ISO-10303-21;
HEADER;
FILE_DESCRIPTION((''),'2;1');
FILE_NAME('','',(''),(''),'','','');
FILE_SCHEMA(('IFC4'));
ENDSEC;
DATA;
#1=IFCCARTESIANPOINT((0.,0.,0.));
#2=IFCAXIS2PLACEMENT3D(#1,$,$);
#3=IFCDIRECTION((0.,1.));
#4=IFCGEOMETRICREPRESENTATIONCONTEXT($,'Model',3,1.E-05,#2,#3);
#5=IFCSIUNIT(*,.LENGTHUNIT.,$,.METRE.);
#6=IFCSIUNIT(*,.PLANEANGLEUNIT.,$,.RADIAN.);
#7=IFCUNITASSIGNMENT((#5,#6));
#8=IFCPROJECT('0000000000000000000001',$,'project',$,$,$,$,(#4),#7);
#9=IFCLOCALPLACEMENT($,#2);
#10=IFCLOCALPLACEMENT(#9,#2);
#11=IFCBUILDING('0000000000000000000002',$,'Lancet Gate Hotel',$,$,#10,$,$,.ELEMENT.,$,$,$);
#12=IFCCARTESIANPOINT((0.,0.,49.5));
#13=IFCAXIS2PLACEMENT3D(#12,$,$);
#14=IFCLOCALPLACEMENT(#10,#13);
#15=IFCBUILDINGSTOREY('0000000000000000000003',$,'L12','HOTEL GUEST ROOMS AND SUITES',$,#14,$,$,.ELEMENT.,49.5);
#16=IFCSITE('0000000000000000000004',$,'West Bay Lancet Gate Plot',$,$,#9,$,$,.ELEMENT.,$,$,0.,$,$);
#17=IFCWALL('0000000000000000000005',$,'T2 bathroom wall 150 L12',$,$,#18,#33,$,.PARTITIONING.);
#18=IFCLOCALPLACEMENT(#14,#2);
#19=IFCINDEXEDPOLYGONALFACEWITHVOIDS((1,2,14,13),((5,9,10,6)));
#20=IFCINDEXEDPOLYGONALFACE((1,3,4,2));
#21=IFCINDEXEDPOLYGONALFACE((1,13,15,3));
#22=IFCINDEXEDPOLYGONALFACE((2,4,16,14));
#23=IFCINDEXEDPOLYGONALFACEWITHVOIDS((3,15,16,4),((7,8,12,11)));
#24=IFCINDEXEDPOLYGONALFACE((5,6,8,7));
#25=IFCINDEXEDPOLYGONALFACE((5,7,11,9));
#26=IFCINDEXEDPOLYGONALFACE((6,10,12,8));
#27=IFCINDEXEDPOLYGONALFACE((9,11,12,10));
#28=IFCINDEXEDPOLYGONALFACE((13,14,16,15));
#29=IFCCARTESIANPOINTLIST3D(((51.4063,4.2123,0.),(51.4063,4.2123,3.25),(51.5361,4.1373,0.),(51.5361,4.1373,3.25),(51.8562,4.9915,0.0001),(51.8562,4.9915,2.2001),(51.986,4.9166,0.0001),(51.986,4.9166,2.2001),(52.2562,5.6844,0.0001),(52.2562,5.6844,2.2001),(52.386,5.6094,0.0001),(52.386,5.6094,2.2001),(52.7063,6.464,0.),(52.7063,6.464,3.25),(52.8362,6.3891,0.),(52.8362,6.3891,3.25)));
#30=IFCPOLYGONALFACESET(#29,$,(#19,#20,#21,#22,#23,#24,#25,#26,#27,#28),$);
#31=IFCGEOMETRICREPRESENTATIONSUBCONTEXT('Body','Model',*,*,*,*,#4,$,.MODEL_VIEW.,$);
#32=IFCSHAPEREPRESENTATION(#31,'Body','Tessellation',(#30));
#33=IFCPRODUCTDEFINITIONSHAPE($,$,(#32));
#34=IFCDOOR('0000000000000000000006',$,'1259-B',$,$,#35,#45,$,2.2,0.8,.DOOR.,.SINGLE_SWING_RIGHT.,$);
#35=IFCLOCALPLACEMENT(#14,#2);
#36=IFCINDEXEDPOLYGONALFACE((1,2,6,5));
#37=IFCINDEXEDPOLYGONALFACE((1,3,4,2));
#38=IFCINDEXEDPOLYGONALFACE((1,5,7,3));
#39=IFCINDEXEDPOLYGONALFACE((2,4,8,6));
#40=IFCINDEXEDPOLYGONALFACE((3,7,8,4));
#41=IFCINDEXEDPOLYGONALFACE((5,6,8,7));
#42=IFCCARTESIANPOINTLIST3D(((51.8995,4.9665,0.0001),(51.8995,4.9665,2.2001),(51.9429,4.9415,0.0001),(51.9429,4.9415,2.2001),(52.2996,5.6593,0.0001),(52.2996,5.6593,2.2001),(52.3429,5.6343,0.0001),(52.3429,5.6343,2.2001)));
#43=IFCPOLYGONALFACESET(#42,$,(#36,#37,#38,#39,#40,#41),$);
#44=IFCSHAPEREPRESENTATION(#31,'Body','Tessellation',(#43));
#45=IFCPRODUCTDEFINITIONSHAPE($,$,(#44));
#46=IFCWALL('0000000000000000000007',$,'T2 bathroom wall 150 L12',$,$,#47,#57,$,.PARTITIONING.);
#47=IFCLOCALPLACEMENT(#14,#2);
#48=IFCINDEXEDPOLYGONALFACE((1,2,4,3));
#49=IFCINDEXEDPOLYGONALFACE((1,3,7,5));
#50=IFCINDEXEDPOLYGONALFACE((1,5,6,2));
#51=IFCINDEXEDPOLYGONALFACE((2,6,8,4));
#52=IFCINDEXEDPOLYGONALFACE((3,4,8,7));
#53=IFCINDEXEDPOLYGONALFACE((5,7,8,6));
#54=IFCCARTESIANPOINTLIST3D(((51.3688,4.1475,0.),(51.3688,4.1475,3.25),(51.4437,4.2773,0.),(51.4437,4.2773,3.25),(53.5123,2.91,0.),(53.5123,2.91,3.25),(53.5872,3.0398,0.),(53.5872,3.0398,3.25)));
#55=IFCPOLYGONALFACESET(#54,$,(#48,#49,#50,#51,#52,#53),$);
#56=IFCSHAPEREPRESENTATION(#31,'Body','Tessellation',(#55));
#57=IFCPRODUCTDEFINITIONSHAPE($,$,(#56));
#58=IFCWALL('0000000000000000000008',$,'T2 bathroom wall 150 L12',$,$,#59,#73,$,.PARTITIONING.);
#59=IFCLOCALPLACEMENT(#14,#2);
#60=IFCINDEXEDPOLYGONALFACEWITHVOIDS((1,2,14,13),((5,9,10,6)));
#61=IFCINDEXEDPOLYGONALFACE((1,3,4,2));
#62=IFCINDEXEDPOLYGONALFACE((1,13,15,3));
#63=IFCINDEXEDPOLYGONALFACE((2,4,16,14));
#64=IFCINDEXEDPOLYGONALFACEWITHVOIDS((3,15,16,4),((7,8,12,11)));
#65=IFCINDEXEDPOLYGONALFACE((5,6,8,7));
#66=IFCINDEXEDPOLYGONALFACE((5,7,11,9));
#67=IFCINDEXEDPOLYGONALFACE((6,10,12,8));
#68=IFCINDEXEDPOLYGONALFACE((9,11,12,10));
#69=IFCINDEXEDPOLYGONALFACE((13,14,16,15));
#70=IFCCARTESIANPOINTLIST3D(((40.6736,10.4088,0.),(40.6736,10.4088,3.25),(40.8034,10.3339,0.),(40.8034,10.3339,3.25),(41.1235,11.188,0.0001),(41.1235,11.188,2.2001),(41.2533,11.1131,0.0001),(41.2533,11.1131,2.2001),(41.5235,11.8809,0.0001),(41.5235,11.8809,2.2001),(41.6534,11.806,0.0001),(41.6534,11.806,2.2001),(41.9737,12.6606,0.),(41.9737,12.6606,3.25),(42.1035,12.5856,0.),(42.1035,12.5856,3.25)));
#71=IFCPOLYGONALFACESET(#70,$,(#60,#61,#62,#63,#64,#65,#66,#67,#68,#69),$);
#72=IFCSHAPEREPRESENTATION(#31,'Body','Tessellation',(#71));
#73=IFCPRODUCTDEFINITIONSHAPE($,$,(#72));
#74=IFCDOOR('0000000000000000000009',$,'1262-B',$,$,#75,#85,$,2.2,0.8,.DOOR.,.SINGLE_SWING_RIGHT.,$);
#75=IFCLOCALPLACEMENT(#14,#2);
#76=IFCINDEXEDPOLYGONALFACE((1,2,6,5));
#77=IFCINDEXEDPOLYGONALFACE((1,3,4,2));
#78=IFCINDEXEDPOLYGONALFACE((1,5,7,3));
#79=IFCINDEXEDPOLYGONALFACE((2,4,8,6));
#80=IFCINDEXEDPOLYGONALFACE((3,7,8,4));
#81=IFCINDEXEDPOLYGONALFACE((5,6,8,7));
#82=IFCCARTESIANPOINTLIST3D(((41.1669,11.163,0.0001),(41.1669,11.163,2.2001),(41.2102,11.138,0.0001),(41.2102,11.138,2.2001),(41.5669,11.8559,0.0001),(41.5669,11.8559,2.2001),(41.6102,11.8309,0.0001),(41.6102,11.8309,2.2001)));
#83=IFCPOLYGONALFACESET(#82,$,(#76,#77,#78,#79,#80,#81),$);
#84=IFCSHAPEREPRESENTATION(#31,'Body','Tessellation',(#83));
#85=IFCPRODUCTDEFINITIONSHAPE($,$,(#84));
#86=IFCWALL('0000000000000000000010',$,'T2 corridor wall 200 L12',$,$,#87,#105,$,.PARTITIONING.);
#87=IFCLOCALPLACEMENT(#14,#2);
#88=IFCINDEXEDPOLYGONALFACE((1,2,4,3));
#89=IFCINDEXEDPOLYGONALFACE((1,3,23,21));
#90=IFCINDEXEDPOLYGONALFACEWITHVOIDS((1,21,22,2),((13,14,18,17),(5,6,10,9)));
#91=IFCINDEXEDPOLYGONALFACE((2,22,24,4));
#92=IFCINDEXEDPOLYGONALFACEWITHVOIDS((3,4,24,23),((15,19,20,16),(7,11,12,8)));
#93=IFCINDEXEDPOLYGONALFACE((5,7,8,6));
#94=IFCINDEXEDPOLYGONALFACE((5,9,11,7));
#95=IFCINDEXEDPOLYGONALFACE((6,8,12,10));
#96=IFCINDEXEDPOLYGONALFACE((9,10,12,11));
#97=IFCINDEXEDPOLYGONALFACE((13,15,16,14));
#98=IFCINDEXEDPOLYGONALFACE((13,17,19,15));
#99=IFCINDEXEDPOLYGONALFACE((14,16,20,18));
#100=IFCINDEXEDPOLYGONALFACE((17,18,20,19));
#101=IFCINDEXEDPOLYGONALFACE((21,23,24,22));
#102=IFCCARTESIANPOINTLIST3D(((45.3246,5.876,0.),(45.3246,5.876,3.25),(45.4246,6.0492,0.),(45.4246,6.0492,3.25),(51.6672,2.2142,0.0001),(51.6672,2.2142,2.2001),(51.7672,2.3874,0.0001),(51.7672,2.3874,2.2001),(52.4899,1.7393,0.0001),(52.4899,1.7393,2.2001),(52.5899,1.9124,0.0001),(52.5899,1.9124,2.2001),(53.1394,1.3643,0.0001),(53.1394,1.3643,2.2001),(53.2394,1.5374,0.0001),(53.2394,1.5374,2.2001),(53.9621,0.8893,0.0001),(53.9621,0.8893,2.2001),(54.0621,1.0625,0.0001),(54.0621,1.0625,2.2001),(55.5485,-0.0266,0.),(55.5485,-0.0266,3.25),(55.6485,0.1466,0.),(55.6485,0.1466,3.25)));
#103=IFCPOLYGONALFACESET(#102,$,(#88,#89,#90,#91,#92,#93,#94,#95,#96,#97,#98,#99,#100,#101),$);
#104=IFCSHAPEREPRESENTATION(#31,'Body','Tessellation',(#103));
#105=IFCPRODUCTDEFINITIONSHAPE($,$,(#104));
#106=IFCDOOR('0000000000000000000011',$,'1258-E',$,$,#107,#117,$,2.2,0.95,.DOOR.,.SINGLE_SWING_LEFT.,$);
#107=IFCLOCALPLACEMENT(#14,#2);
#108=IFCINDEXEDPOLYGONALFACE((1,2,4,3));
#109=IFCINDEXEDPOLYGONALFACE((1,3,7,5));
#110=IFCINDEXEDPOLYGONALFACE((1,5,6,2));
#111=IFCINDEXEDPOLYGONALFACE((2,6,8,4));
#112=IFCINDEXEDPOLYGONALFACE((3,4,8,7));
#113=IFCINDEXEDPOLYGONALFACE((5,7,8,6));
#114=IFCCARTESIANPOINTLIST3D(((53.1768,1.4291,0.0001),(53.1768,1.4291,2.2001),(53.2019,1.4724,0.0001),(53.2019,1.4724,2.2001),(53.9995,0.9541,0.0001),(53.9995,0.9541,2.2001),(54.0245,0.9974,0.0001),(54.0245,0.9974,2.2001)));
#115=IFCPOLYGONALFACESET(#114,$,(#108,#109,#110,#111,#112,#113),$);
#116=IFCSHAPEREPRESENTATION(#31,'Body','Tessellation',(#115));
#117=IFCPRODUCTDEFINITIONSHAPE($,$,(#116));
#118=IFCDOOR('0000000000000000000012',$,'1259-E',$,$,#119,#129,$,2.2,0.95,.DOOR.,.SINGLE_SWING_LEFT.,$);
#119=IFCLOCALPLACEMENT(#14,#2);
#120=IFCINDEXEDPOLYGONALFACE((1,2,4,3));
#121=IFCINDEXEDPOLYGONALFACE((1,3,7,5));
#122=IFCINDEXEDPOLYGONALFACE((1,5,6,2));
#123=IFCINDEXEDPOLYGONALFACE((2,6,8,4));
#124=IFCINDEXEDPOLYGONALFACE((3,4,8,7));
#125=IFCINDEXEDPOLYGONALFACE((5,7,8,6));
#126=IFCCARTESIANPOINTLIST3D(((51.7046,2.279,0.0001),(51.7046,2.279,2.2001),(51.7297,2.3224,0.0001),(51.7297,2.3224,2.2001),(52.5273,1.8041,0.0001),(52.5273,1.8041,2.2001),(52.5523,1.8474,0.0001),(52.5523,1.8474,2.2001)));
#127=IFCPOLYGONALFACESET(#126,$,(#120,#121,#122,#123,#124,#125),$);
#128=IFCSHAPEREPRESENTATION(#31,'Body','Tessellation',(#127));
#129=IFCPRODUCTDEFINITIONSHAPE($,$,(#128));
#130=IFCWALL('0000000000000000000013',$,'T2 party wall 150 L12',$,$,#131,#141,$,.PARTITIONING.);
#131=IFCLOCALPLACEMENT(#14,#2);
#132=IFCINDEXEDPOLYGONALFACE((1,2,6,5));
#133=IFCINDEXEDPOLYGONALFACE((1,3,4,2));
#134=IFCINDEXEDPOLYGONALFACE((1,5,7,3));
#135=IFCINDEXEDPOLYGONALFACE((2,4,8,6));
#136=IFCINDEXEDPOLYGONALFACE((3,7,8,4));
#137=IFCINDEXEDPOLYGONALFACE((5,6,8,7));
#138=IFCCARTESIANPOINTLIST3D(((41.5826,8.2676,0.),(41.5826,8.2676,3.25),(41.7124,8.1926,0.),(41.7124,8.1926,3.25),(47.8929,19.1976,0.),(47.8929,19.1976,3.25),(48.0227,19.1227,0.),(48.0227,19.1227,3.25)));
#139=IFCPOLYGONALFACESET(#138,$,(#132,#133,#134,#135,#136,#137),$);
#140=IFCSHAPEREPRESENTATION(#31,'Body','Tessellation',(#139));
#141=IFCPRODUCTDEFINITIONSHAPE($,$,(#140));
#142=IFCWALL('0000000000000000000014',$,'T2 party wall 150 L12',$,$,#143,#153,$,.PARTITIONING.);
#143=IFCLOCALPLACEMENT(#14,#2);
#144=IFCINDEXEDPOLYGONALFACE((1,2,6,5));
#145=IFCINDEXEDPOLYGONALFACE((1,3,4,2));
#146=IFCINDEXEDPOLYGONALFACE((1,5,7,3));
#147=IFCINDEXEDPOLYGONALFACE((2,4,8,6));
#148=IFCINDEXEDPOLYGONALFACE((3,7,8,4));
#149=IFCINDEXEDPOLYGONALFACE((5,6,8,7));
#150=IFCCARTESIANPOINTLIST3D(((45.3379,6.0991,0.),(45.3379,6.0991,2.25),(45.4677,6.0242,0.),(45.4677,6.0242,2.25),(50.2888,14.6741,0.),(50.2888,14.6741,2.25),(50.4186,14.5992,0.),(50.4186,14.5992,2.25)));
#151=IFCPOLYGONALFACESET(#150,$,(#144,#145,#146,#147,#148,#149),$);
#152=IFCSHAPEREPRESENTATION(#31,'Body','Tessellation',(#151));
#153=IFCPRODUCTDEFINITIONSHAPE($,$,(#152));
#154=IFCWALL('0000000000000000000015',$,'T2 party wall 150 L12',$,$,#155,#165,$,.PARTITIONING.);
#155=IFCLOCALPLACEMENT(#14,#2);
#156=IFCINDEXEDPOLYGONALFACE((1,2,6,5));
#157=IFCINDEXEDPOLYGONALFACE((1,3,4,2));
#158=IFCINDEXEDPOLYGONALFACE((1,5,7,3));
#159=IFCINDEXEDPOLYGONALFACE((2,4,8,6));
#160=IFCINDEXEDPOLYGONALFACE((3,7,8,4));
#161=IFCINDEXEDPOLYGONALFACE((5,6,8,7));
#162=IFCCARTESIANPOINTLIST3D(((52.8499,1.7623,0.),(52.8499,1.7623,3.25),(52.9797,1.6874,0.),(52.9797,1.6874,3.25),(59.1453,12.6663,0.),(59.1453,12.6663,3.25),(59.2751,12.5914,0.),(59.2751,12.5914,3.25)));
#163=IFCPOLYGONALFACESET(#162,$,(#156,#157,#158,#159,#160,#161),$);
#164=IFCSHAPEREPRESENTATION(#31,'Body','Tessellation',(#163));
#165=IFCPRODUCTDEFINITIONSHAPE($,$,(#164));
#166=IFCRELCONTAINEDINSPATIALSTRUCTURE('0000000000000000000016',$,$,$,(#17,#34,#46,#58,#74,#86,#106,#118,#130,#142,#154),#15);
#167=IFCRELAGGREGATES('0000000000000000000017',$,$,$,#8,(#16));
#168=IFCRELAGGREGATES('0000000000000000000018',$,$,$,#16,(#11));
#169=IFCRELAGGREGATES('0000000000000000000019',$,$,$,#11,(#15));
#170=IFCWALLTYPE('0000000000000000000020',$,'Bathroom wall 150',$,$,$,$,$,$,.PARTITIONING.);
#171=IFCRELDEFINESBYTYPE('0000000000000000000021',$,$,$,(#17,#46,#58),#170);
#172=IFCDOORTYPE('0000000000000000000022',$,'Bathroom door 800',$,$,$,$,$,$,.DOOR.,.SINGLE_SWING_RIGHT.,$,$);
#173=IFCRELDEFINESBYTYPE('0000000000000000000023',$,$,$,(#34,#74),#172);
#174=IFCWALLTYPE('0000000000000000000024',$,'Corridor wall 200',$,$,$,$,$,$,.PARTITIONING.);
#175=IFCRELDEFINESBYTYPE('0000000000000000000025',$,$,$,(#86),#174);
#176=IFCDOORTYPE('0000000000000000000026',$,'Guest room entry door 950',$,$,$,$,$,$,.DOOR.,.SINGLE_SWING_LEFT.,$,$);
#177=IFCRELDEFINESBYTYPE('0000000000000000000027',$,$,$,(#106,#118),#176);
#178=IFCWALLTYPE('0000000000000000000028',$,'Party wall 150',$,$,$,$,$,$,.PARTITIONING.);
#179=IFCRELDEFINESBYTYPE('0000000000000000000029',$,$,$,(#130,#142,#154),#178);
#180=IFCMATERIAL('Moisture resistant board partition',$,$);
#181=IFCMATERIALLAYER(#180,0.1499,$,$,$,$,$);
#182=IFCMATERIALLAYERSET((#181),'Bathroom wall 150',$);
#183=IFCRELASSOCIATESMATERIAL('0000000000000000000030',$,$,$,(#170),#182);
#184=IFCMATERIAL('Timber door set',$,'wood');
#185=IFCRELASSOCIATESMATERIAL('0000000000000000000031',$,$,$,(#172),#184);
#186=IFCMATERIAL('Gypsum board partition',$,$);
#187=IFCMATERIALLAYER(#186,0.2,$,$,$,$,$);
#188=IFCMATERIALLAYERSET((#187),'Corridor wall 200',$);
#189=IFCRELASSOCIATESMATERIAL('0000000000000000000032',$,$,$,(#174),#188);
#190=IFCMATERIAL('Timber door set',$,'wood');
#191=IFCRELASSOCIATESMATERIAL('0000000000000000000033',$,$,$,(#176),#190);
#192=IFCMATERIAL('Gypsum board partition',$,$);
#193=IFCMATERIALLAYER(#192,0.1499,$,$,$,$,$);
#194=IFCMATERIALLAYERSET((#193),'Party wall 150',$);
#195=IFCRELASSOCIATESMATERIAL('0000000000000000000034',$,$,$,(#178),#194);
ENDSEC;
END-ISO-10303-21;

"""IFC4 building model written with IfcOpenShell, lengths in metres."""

from ifc_helpers import new_model, si_unit, direction, frame, frame_2d, origin, place, context, subcontext, project, spatial, rectangle, extrude, material, layer, layer_set, type_object, element, fill, save


model = new_model("IFC4")

# Units and contexts
model_context = context("Model", 3, precision=1e-05, world=origin(), true_north=direction((0.0, 1.0)))
body_context = subcontext(model_context, "Body", "Model", "MODEL_VIEW")
ifc_project = project(units=[si_unit("LENGTHUNIT", "METRE"), si_unit("PLANEANGLEUNIT", "RADIAN")], contexts=[model_context])

# Site, building, storey
site_placement = place(None, origin())
site = spatial("IfcSite", under=ifc_project, at=site_placement, Name="West Bay Lancet Gate Plot", CompositionType="ELEMENT", RefElevation=0.0)
building_placement = place(site_placement, origin())
building = spatial("IfcBuilding", under=site, at=building_placement, Name="Lancet Gate Hotel", CompositionType="ELEMENT")
storey_placement = place(building_placement, frame((0.0, 0.0, 49.5)))
storey = spatial("IfcBuildingStorey", under=building, at=storey_placement, Name="L12", Description="HOTEL GUEST ROOMS AND SUITES", CompositionType="ELEMENT", Elevation=49.5)

# Shared definitions
ifc_material_1 = material(Name="Moisture resistant board partition")
ifc_layer_1 = layer(ifc_material_1, 0.1499)
ifc_layer_set_1 = layer_set([ifc_layer_1], Name="Bathroom wall 150")
wall_type_1 = type_object("IfcWallType", Name="Bathroom wall 150", PredefinedType="PARTITIONING", material=ifc_layer_set_1)

# Wall, opening, door
wall_1_placement = place(storey_placement, frame((51.4712, 4.1748, 0.0), z_axis=(0.0, 0.0, 1.0), x_axis=(0.500007, 0.866021, 0.0)))
wall_1 = element("IfcWall", 1, at=wall_1_placement, inside=storey, type_object=wall_type_1, Name="T2 bathroom wall 150 L12", PredefinedType="PARTITIONING", context=body_context, shape_type="SweptSolid", body=[
    extrude(rectangle(XDim=2.6001, YDim=0.1499, at=frame_2d((1.3, 0.0))), origin(), (0.0, 0.0, 1.0), 3.25),
])
opening_1_placement = place(wall_1_placement, frame((0.8999, 0.0, 0.0)))
opening_1 = element("IfcOpeningElement", 2, at=opening_1_placement, cuts=wall_1, PredefinedType="OPENING", context=body_context, shape_type="SweptSolid", body=[
    extrude(rectangle(XDim=0.8, YDim=2.2, at=frame_2d((0.3999, 1.1001))), frame((0.0, 0.085, 0.0), z_axis=(0.0, -1.0, 0.0), x_axis=(1.0, 0.0, 0.0)), (0.0, 0.0, 1.0), 0.1699),
])
ifc_material_2 = material(Name="Timber door set", Category="wood")
door_type_1 = type_object("IfcDoorType", Name="Bathroom door 800", OperationType="SINGLE_SWING_RIGHT", PredefinedType="DOOR", material=ifc_material_2)
door_1_placement = place(opening_1_placement, origin())
door_1 = element("IfcDoor", 3, at=door_1_placement, inside=storey, type_object=door_type_1, Name="1259-B", OperationType="SINGLE_SWING_RIGHT", OverallHeight=2.2, OverallWidth=0.8, PredefinedType="DOOR", context=body_context, shape_type="SweptSolid", body=[
    extrude(rectangle(XDim=0.8, YDim=2.2, at=frame_2d((0.3999, 1.1001))), frame((0.0, 0.0249, 0.0), z_axis=(0.0, -1.0, 0.0), x_axis=(1.0, 0.0, 0.0)), (0.0, 0.0, 1.0), 0.05),
])
fill(opening_1, door_1)

# Wall
wall_2_placement = place(storey_placement, frame((51.4062, 4.2124, 0.0), z_axis=(0.0, 0.0, 1.0), x_axis=(0.866031, -0.49999, 0.0)))
element("IfcWall", 4, at=wall_2_placement, inside=storey, type_object=wall_type_1, Name="T2 bathroom wall 150 L12", PredefinedType="PARTITIONING", context=body_context, shape_type="SweptSolid", body=[
    extrude(rectangle(XDim=2.4751, YDim=0.1499, at=frame_2d((1.2375, 0.0))), origin(), (0.0, 0.0, 1.0), 3.25),
])

# Wall, opening, door
wall_3_placement = place(storey_placement, frame((40.7385, 10.3713, 0.0), z_axis=(0.0, 0.0, 1.0), x_axis=(0.500007, 0.866021, 0.0)))
wall_3 = element("IfcWall", 5, at=wall_3_placement, inside=storey, type_object=wall_type_1, Name="T2 bathroom wall 150 L12", PredefinedType="PARTITIONING", context=body_context, shape_type="SweptSolid", body=[
    extrude(rectangle(XDim=2.6001, YDim=0.1499, at=frame_2d((1.3, 0.0))), origin(), (0.0, 0.0, 1.0), 3.25),
])
opening_2_placement = place(wall_3_placement, frame((0.8999, 0.0, 0.0)))
opening_2 = element("IfcOpeningElement", 6, at=opening_2_placement, cuts=wall_3, PredefinedType="OPENING", context=body_context, shape_type="SweptSolid", body=[
    extrude(rectangle(XDim=0.8, YDim=2.2, at=frame_2d((0.3999, 1.1001))), frame((0.0, 0.085, 0.0), z_axis=(0.0, -1.0, 0.0), x_axis=(1.0, 0.0, 0.0)), (0.0, 0.0, 1.0), 0.1699),
])
door_2_placement = place(opening_2_placement, origin())
door_2 = element("IfcDoor", 7, at=door_2_placement, inside=storey, type_object=door_type_1, Name="1262-B", OperationType="SINGLE_SWING_RIGHT", OverallHeight=2.2, OverallWidth=0.8, PredefinedType="DOOR", context=body_context, shape_type="SweptSolid", body=[
    extrude(rectangle(XDim=0.8, YDim=2.2, at=frame_2d((0.3999, 1.1001))), frame((0.0, 0.0249, 0.0), z_axis=(0.0, -1.0, 0.0), x_axis=(1.0, 0.0, 0.0)), (0.0, 0.0, 1.0), 0.05),
])
fill(opening_2, door_2)

# Wall, openings, doors
ifc_material_3 = material(Name="Gypsum board partition")
ifc_layer_2 = layer(ifc_material_3, 0.2)
ifc_layer_set_2 = layer_set([ifc_layer_2], Name="Corridor wall 200")
wall_type_2 = type_object("IfcWallType", Name="Corridor wall 200", PredefinedType="PARTITIONING", material=ifc_layer_set_2)
wall_4_placement = place(storey_placement, frame((45.3745, 5.9626, 0.0), z_axis=(0.0, 0.0, 1.0), x_axis=(0.866032, -0.499989, 0.0)))
wall_4 = element("IfcWall", 8, at=wall_4_placement, inside=storey, type_object=wall_type_2, Name="T2 corridor wall 200 L12", PredefinedType="PARTITIONING", context=body_context, shape_type="SweptSolid", body=[
    extrude(rectangle(XDim=11.8054, YDim=0.2, at=frame_2d((5.9028, 0.0))), origin(), (0.0, 0.0, 1.0), 3.25),
])
opening_3_placement = place(wall_4_placement, frame((9.0237, 0.0, 0.0)))
opening_3 = element("IfcOpeningElement", 9, at=opening_3_placement, cuts=wall_4, PredefinedType="OPENING", context=body_context, shape_type="SweptSolid", body=[
    extrude(rectangle(XDim=0.95, YDim=2.2, at=frame_2d((0.4751, 1.1001))), frame((0.0, 0.1099, 0.0), z_axis=(0.0, -1.0, 0.0), x_axis=(1.0, 0.0, 0.0)), (0.0, 0.0, 1.0), 0.22),
])
opening_4_placement = place(wall_4_placement, frame((7.3237, 0.0, 0.0)))
opening_4 = element("IfcOpeningElement", 10, at=opening_4_placement, cuts=wall_4, PredefinedType="OPENING", context=body_context, shape_type="SweptSolid", body=[
    extrude(rectangle(XDim=0.95, YDim=2.2, at=frame_2d((0.4751, 1.1001))), frame((0.0, 0.1099, 0.0), z_axis=(0.0, -1.0, 0.0), x_axis=(1.0, 0.0, 0.0)), (0.0, 0.0, 1.0), 0.22),
])
ifc_material_4 = material(Name="Timber door set", Category="wood")
door_type_2 = type_object("IfcDoorType", Name="Guest room entry door 950", OperationType="SINGLE_SWING_LEFT", PredefinedType="DOOR", material=ifc_material_4)
door_3_placement = place(opening_3_placement, origin())
door_3 = element("IfcDoor", 11, at=door_3_placement, inside=storey, type_object=door_type_2, Name="1258-E", OperationType="SINGLE_SWING_LEFT", OverallHeight=2.2, OverallWidth=0.95, PredefinedType="DOOR", context=body_context, shape_type="SweptSolid", body=[
    extrude(rectangle(XDim=0.95, YDim=2.2, at=frame_2d((0.4751, 1.1001))), frame((0.0, 0.0249, 0.0), z_axis=(0.0, -1.0, 0.0), x_axis=(1.0, 0.0, 0.0)), (0.0, 0.0, 1.0), 0.05),
])
fill(opening_3, door_3)
door_4_placement = place(opening_4_placement, origin())
door_4 = element("IfcDoor", 12, at=door_4_placement, inside=storey, type_object=door_type_2, Name="1259-E", OperationType="SINGLE_SWING_LEFT", OverallHeight=2.2, OverallWidth=0.95, PredefinedType="DOOR", context=body_context, shape_type="SweptSolid", body=[
    extrude(rectangle(XDim=0.95, YDim=2.2, at=frame_2d((0.4751, 1.1001))), frame((0.0, 0.0249, 0.0), z_axis=(0.0, -1.0, 0.0), x_axis=(1.0, 0.0, 0.0)), (0.0, 0.0, 1.0), 0.05),
])
fill(opening_4, door_4)

# Walls
ifc_material_5 = material(Name="Gypsum board partition")
ifc_layer_3 = layer(ifc_material_5, 0.1499)
ifc_layer_set_3 = layer_set([ifc_layer_3], Name="Party wall 150")
wall_type_3 = type_object("IfcWallType", Name="Party wall 150", PredefinedType="PARTITIONING", material=ifc_layer_set_3)
wall_5_placement = place(storey_placement, frame((41.6475, 8.23, 0.0), z_axis=(0.0, 0.0, 1.0), x_axis=(0.499986, 0.866034, 0.0)))
element("IfcWall", 13, at=wall_5_placement, inside=storey, type_object=wall_type_3, Name="T2 party wall 150 L12", PredefinedType="PARTITIONING", context=body_context, shape_type="SweptSolid", body=[
    extrude(rectangle(XDim=12.6208, YDim=0.1499, at=frame_2d((6.3105, 0.0))), origin(), (0.0, 0.0, 1.0), 3.25),
])
wall_6_placement = place(storey_placement, frame((45.4028, 6.0618, 0.0), z_axis=(0.0, 0.0, 1.0), x_axis=(0.500013, 0.866018, 0.0)))
element("IfcWall", 14, at=wall_6_placement, inside=storey, type_object=wall_type_3, Name="T2 party wall 150 L12", PredefinedType="PARTITIONING", context=body_context, shape_type="SweptSolid", body=[
    extrude(rectangle(XDim=9.9016, YDim=0.1499, at=frame_2d((4.9507, 0.0))), origin(), (0.0, 0.0, 1.0), 2.25),
])
wall_7_placement = place(storey_placement, frame((52.9148, 1.7249, 0.0), z_axis=(0.0, 0.0, 1.0), x_axis=(0.499997, 0.866027, 0.0)))
element("IfcWall", 15, at=wall_7_placement, inside=storey, type_object=wall_type_3, Name="T2 party wall 150 L12", PredefinedType="PARTITIONING", context=body_context, shape_type="SweptSolid", body=[
    extrude(rectangle(XDim=12.5908, YDim=0.1499, at=frame_2d((6.2954, 0.0))), origin(), (0.0, 0.0, 1.0), 3.25),
])

save(model, "model.ifc")
